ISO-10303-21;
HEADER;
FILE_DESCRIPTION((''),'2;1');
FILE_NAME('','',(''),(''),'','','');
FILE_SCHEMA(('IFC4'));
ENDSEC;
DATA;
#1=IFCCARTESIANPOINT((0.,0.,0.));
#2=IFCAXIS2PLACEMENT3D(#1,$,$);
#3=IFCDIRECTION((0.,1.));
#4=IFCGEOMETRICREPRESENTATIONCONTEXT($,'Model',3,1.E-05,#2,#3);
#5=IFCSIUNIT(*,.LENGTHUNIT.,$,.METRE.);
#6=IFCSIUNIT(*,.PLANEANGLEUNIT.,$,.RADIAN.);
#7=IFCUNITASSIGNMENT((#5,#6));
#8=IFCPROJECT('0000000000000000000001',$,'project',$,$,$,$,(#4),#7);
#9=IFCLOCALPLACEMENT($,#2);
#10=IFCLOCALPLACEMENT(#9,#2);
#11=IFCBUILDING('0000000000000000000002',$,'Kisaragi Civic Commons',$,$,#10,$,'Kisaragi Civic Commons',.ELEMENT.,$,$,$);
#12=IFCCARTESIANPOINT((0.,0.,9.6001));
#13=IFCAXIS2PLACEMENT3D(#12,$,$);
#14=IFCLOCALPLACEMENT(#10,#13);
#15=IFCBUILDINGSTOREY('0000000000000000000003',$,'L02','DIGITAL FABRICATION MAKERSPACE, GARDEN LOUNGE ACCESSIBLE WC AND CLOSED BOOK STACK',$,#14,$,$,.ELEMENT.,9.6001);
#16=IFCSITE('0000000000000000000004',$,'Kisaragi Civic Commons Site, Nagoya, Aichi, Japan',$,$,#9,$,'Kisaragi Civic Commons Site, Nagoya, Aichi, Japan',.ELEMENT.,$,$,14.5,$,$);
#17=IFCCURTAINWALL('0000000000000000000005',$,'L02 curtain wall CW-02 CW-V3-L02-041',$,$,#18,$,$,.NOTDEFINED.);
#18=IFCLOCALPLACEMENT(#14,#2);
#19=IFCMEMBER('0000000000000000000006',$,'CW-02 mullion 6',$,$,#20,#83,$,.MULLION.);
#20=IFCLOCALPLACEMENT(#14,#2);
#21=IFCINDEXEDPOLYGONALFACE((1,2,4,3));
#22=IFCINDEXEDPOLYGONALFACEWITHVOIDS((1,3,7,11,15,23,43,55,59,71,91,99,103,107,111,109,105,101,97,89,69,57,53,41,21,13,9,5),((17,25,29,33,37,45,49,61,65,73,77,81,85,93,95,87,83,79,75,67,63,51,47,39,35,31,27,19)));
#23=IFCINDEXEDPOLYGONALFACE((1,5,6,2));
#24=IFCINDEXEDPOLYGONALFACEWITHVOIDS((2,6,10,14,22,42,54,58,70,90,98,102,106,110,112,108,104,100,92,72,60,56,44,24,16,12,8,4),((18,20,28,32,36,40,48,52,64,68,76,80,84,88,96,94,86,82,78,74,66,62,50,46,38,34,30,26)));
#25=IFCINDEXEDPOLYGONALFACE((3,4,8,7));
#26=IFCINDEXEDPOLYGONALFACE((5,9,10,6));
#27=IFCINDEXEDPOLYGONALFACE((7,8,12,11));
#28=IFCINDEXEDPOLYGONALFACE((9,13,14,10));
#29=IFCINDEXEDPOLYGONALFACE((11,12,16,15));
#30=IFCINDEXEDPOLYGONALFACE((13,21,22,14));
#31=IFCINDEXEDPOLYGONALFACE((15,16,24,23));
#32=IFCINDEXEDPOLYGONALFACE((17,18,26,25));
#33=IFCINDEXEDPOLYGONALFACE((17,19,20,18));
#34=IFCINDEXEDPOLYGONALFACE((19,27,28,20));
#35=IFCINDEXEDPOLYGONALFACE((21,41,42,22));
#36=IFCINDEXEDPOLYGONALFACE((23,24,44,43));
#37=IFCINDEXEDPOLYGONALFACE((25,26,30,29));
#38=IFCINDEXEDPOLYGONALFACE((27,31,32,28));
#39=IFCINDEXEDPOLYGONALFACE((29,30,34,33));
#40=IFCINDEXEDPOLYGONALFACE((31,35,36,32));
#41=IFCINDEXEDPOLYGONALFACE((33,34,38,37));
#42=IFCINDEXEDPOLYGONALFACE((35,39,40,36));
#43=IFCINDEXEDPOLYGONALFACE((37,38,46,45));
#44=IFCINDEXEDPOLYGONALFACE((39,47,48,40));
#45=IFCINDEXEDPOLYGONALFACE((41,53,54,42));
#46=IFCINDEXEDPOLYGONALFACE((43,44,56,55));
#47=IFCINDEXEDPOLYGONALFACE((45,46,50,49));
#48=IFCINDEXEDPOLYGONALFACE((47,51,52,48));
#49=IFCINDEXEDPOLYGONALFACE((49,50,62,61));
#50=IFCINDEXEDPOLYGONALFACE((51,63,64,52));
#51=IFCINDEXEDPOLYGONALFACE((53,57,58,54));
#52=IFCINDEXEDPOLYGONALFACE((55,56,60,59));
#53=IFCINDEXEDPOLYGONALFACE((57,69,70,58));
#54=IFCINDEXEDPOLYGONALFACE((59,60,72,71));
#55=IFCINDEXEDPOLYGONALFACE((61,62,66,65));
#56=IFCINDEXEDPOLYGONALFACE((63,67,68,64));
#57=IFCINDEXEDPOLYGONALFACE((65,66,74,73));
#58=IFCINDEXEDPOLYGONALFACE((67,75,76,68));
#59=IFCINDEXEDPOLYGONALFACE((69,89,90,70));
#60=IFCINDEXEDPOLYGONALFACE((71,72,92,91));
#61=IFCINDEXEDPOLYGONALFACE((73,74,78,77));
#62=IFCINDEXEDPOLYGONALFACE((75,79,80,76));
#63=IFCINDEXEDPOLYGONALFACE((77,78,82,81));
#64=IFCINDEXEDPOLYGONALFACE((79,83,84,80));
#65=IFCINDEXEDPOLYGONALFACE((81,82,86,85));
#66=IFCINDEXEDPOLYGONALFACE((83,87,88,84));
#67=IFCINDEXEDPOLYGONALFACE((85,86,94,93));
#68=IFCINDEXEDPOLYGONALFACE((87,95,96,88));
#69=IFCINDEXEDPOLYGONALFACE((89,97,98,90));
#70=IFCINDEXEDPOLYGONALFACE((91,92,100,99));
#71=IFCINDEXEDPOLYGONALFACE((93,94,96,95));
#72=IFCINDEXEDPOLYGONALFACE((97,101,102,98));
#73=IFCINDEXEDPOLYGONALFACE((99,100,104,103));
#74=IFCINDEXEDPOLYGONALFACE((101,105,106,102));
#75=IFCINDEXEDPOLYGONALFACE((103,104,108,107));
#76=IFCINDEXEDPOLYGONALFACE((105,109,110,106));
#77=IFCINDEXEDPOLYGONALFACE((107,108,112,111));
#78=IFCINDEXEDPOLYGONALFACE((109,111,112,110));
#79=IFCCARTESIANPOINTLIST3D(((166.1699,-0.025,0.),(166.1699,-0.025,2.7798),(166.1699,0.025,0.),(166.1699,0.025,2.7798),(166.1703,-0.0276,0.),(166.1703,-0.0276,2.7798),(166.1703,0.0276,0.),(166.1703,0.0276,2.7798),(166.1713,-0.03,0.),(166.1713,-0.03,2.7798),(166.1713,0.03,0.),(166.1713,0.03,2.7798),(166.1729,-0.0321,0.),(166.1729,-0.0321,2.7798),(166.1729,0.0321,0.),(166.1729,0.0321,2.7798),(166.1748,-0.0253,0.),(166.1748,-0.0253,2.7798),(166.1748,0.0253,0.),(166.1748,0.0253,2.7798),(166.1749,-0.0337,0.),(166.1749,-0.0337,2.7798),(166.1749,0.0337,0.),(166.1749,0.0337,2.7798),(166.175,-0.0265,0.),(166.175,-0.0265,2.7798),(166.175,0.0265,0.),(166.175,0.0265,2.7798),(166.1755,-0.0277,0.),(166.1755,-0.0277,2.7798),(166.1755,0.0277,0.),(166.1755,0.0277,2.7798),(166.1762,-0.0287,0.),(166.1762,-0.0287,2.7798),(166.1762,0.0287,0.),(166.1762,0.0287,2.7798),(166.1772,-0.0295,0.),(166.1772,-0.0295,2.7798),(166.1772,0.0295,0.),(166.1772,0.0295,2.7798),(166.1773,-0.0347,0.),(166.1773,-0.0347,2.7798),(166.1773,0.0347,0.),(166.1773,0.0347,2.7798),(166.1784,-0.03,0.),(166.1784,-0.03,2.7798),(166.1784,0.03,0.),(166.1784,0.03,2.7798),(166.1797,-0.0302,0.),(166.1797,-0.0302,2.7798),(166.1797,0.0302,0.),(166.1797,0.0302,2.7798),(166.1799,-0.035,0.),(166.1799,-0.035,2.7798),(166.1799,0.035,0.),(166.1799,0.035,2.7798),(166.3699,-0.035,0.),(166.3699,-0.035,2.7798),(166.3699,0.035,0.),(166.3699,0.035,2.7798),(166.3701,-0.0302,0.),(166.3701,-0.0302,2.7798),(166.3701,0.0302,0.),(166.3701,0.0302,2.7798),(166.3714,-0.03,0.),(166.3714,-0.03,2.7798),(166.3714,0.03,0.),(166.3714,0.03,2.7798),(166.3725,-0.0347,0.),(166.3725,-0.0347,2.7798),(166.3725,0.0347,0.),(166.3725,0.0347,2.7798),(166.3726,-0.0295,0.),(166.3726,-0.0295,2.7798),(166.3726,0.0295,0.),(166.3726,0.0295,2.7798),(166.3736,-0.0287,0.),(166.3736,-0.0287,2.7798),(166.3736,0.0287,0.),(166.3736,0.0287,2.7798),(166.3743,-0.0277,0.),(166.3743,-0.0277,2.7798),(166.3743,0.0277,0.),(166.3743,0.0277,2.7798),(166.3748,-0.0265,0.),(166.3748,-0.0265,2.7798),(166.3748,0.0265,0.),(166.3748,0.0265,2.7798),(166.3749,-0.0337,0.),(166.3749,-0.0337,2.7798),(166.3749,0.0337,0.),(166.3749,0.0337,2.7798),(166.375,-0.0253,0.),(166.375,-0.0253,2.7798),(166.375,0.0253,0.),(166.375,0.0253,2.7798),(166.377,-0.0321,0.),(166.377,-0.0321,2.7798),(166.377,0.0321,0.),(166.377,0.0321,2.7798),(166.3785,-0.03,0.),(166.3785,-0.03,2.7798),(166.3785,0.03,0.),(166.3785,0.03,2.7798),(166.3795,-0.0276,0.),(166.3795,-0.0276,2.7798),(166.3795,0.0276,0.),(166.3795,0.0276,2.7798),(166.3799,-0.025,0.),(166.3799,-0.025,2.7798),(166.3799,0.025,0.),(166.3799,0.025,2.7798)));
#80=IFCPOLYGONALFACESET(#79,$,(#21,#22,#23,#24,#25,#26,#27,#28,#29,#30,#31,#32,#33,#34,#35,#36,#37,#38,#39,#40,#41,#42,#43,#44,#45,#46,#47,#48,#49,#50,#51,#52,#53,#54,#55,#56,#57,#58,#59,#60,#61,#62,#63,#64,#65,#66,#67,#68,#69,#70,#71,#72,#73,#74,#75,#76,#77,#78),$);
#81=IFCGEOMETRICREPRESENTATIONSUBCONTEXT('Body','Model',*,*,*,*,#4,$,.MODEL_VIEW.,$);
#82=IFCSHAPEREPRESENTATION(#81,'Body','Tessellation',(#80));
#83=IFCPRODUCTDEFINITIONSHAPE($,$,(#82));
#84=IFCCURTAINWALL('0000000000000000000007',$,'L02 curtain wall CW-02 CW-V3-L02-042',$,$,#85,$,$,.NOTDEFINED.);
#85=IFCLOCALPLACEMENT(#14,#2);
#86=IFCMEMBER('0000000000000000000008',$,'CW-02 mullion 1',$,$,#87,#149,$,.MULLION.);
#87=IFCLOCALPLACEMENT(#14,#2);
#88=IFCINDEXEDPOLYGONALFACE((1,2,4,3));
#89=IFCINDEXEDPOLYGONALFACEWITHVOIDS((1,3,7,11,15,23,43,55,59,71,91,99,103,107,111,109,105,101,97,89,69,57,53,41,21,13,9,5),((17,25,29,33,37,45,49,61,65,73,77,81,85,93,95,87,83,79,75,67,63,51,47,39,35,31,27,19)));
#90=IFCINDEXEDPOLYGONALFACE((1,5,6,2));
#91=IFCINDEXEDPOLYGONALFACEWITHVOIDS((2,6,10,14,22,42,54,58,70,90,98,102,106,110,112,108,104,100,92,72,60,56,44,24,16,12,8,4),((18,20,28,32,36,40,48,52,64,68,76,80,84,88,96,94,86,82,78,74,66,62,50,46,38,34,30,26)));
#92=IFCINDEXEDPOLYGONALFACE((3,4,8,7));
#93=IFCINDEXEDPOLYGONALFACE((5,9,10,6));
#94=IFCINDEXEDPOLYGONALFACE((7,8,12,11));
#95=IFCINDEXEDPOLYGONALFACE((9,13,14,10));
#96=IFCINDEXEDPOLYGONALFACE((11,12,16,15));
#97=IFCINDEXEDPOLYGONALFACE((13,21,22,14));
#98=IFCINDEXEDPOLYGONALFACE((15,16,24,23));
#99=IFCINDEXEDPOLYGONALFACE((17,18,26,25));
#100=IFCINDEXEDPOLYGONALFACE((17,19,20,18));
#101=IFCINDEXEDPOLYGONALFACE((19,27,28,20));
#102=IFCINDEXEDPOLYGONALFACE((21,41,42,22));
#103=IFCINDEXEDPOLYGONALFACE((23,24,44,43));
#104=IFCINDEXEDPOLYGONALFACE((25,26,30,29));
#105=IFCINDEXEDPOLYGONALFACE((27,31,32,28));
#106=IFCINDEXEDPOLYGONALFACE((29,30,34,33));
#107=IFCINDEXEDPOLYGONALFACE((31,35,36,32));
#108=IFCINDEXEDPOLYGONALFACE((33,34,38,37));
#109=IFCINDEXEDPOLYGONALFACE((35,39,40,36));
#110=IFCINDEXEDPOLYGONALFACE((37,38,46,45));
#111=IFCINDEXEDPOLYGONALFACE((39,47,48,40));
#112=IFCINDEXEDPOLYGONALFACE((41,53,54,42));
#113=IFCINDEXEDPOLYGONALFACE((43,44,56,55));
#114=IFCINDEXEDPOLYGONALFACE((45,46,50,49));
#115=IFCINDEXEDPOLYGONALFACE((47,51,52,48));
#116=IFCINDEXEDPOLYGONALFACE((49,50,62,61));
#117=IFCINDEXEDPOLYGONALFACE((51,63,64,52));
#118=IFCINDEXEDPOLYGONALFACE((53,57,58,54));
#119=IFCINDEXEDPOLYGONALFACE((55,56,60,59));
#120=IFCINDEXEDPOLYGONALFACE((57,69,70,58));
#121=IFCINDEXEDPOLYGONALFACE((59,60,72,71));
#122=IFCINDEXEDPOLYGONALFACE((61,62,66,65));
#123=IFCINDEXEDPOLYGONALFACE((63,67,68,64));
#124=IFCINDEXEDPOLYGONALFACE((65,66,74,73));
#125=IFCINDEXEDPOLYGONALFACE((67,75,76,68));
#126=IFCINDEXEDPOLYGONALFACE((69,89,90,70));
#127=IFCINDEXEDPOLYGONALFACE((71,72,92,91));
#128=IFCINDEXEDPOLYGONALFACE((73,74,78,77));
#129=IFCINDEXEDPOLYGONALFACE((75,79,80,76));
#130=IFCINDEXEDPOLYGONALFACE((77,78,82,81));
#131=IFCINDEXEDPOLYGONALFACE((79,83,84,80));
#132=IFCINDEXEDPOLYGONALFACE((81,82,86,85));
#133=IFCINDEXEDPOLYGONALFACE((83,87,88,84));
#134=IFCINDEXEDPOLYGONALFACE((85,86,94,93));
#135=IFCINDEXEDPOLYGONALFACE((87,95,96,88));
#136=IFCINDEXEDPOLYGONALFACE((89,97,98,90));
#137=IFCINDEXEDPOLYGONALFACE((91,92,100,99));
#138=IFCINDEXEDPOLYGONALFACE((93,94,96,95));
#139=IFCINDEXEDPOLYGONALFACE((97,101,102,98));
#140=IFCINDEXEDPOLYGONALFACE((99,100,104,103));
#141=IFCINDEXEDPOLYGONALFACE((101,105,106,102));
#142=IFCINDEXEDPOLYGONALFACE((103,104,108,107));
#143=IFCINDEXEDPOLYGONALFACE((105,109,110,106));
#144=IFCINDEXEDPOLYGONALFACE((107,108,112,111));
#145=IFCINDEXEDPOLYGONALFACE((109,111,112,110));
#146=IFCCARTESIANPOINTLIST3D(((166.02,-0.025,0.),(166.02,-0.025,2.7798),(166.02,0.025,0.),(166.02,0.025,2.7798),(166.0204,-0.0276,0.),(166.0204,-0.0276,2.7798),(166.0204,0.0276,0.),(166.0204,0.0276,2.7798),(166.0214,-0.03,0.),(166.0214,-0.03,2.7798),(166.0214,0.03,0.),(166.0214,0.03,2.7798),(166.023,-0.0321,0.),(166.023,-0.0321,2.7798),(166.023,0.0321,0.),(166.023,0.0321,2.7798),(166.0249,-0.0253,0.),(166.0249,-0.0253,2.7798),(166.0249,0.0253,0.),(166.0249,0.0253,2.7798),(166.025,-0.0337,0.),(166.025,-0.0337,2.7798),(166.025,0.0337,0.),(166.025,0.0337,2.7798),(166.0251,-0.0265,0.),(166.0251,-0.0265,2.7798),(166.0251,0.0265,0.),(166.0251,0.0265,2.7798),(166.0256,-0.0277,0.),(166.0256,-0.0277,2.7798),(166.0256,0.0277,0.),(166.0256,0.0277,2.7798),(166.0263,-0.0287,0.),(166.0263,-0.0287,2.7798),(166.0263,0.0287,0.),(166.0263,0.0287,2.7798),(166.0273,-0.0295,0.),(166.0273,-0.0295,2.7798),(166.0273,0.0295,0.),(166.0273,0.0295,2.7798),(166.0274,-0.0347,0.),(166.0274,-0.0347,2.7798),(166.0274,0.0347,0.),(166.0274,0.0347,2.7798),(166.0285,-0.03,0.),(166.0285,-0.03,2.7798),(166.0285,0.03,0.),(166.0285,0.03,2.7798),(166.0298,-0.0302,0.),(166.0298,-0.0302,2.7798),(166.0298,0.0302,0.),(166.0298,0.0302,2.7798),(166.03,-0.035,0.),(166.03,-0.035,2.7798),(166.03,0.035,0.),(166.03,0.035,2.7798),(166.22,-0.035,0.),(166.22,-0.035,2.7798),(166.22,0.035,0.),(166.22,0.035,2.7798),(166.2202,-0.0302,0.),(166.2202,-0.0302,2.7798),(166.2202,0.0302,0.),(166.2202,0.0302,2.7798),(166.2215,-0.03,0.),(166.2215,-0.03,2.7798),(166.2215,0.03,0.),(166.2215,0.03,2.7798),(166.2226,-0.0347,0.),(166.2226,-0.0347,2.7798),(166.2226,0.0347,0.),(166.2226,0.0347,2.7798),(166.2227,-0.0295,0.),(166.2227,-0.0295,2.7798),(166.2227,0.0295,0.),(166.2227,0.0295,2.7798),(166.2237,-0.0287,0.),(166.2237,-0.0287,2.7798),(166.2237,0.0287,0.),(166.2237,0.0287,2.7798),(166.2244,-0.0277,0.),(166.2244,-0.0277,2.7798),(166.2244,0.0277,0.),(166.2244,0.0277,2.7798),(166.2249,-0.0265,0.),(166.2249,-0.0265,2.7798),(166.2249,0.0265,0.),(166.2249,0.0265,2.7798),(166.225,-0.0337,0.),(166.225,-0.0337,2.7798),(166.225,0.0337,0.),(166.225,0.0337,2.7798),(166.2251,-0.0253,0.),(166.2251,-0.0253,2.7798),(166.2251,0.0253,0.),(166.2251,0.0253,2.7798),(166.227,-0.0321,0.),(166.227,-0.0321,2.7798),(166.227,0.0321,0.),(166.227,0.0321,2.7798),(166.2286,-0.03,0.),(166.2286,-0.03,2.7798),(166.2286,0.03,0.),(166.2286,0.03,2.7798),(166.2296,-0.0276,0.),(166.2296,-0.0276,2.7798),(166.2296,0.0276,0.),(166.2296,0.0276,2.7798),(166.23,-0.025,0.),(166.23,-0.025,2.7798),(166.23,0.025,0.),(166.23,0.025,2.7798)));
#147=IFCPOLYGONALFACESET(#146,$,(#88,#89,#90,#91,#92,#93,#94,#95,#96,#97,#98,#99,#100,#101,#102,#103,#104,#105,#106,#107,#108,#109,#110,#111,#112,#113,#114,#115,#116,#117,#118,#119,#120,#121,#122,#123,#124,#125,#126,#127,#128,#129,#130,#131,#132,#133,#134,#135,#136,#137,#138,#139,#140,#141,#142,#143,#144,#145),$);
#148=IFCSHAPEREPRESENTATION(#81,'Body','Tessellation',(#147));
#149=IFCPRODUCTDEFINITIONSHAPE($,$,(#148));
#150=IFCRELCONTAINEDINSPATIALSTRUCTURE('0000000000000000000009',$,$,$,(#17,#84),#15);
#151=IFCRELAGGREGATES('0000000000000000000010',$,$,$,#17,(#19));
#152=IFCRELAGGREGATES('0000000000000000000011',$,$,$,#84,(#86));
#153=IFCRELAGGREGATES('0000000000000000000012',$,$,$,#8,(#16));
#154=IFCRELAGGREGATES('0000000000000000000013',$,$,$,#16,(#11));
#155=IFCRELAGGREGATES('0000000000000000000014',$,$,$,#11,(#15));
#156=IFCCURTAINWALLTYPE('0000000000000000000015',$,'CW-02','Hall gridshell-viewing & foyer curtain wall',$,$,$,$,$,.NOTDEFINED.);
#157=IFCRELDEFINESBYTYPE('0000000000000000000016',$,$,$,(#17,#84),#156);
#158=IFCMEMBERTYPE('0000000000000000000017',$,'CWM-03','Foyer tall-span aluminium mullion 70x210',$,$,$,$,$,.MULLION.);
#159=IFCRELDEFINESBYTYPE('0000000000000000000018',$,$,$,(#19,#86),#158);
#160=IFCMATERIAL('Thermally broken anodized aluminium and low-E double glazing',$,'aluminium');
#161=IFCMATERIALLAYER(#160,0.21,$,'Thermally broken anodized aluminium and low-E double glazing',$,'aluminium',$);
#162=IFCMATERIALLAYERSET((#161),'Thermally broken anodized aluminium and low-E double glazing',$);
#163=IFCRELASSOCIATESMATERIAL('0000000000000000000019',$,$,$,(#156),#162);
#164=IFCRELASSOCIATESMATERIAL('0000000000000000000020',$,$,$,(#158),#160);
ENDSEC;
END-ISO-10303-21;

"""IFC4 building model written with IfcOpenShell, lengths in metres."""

from ifc_helpers import new_model, si_unit, direction, frame, origin, origin_2d, place, context, subcontext, project, spatial, hollow_rectangle, extrude, material, layer, layer_set, material_profile, profile_set, type_object, element, aggregate, save


model = new_model("IFC4")

# Units and contexts
model_context = context("Model", 3, precision=1e-05, world=origin(), true_north=direction((0.0, 1.0)))
body_context = subcontext(model_context, "Body", "Model", "MODEL_VIEW")
ifc_project = project(units=[si_unit("LENGTHUNIT", "METRE"), si_unit("PLANEANGLEUNIT", "RADIAN")], contexts=[model_context])

# Site, building, storey
site_placement = place(None, origin())
site = spatial("IfcSite", under=ifc_project, at=site_placement, Name="Kisaragi Civic Commons Site, Nagoya, Aichi, Japan", LongName="Kisaragi Civic Commons Site, Nagoya, Aichi, Japan", CompositionType="ELEMENT", RefElevation=14.5)
building_placement = place(site_placement, origin())
building = spatial("IfcBuilding", under=site, at=building_placement, Name="Kisaragi Civic Commons", LongName="Kisaragi Civic Commons", CompositionType="ELEMENT")
storey_placement = place(building_placement, frame((0.0, 0.0, 9.6001)))
storey = spatial("IfcBuildingStorey", under=building, at=storey_placement, Name="L02", Description="DIGITAL FABRICATION MAKERSPACE, GARDEN LOUNGE ACCESSIBLE WC AND CLOSED BOOK STACK", CompositionType="ELEMENT", Elevation=9.6001)

# Curtain wall, member
ifc_material_1 = material(Name="Thermally broken anodized aluminium and low-E double glazing", Category="aluminium")
ifc_layer_1 = layer(ifc_material_1, 0.21, Name="Thermally broken anodized aluminium and low-E double glazing", Category="aluminium")
ifc_layer_set_1 = layer_set([ifc_layer_1], Name="Thermally broken anodized aluminium and low-E double glazing")
curtain_wall_type = type_object("IfcCurtainWallType", Name="CW-02", Description="Hall gridshell-viewing & foyer curtain wall", PredefinedType="NOTDEFINED", material=ifc_layer_set_1)
curtain_wall_1_placement = place(storey_placement, origin())
curtain_wall_1 = element("IfcCurtainWall", 1, at=curtain_wall_1_placement, inside=storey, type_object=curtain_wall_type, Name="L02 curtain wall CW-02 CW-V3-L02-041", PredefinedType="NOTDEFINED")
ifc_material_profile_1 = material_profile(ifc_material_1, hollow_rectangle(XDim=0.0701, YDim=0.21, WallThickness=0.0049, InnerFilletRadius=0.0049, OuterFilletRadius=0.01, at=origin_2d()), Name="CWM-70x210x5", Category="aluminium")
ifc_profile_set_1 = profile_set([ifc_material_profile_1], Name="Thermally broken anodized aluminium and low-E double glazing")
member_type_1 = type_object("IfcMemberType", Name="CWM-03", Description="Foyer tall-span aluminium mullion 70x210", PredefinedType="MULLION", material=ifc_profile_set_1)
member_1_placement = place(storey_placement, frame((166.2749, 0.0, 0.0), z_axis=(0.0, 0.0, 1.0), x_axis=(0.0, -1.0, 0.0)))
member_1 = element("IfcMember", 2, at=member_1_placement, type_object=member_type_1, Name="CW-02 mullion 6", PredefinedType="MULLION", context=body_context, shape_type="SweptSolid", body=[
    extrude(hollow_rectangle(XDim=0.0701, YDim=0.21, WallThickness=0.0049, InnerFilletRadius=0.0049, OuterFilletRadius=0.01, at=origin_2d()), origin(), (0.0, 0.0, 1.0), 2.7798),
])

# Curtain wall, member
curtain_wall_2_placement = place(storey_placement, origin())
curtain_wall_2 = element("IfcCurtainWall", 3, at=curtain_wall_2_placement, inside=storey, type_object=curtain_wall_type, Name="L02 curtain wall CW-02 CW-V3-L02-042", PredefinedType="NOTDEFINED")
member_2_placement = place(storey_placement, frame((166.125, 0.0, 0.0), z_axis=(0.0, 0.0, 1.0), x_axis=(0.0, -1.0, 0.0)))
member_2 = element("IfcMember", 4, at=member_2_placement, type_object=member_type_1, Name="CW-02 mullion 1", PredefinedType="MULLION", context=body_context, shape_type="SweptSolid", body=[
    extrude(hollow_rectangle(XDim=0.0701, YDim=0.21, WallThickness=0.0049, InnerFilletRadius=0.0049, OuterFilletRadius=0.01, at=origin_2d()), origin(), (0.0, 0.0, 1.0), 2.7798),
])

aggregate(curtain_wall_1, [member_1])
aggregate(curtain_wall_2, [member_2])

save(model, "model.ifc")
